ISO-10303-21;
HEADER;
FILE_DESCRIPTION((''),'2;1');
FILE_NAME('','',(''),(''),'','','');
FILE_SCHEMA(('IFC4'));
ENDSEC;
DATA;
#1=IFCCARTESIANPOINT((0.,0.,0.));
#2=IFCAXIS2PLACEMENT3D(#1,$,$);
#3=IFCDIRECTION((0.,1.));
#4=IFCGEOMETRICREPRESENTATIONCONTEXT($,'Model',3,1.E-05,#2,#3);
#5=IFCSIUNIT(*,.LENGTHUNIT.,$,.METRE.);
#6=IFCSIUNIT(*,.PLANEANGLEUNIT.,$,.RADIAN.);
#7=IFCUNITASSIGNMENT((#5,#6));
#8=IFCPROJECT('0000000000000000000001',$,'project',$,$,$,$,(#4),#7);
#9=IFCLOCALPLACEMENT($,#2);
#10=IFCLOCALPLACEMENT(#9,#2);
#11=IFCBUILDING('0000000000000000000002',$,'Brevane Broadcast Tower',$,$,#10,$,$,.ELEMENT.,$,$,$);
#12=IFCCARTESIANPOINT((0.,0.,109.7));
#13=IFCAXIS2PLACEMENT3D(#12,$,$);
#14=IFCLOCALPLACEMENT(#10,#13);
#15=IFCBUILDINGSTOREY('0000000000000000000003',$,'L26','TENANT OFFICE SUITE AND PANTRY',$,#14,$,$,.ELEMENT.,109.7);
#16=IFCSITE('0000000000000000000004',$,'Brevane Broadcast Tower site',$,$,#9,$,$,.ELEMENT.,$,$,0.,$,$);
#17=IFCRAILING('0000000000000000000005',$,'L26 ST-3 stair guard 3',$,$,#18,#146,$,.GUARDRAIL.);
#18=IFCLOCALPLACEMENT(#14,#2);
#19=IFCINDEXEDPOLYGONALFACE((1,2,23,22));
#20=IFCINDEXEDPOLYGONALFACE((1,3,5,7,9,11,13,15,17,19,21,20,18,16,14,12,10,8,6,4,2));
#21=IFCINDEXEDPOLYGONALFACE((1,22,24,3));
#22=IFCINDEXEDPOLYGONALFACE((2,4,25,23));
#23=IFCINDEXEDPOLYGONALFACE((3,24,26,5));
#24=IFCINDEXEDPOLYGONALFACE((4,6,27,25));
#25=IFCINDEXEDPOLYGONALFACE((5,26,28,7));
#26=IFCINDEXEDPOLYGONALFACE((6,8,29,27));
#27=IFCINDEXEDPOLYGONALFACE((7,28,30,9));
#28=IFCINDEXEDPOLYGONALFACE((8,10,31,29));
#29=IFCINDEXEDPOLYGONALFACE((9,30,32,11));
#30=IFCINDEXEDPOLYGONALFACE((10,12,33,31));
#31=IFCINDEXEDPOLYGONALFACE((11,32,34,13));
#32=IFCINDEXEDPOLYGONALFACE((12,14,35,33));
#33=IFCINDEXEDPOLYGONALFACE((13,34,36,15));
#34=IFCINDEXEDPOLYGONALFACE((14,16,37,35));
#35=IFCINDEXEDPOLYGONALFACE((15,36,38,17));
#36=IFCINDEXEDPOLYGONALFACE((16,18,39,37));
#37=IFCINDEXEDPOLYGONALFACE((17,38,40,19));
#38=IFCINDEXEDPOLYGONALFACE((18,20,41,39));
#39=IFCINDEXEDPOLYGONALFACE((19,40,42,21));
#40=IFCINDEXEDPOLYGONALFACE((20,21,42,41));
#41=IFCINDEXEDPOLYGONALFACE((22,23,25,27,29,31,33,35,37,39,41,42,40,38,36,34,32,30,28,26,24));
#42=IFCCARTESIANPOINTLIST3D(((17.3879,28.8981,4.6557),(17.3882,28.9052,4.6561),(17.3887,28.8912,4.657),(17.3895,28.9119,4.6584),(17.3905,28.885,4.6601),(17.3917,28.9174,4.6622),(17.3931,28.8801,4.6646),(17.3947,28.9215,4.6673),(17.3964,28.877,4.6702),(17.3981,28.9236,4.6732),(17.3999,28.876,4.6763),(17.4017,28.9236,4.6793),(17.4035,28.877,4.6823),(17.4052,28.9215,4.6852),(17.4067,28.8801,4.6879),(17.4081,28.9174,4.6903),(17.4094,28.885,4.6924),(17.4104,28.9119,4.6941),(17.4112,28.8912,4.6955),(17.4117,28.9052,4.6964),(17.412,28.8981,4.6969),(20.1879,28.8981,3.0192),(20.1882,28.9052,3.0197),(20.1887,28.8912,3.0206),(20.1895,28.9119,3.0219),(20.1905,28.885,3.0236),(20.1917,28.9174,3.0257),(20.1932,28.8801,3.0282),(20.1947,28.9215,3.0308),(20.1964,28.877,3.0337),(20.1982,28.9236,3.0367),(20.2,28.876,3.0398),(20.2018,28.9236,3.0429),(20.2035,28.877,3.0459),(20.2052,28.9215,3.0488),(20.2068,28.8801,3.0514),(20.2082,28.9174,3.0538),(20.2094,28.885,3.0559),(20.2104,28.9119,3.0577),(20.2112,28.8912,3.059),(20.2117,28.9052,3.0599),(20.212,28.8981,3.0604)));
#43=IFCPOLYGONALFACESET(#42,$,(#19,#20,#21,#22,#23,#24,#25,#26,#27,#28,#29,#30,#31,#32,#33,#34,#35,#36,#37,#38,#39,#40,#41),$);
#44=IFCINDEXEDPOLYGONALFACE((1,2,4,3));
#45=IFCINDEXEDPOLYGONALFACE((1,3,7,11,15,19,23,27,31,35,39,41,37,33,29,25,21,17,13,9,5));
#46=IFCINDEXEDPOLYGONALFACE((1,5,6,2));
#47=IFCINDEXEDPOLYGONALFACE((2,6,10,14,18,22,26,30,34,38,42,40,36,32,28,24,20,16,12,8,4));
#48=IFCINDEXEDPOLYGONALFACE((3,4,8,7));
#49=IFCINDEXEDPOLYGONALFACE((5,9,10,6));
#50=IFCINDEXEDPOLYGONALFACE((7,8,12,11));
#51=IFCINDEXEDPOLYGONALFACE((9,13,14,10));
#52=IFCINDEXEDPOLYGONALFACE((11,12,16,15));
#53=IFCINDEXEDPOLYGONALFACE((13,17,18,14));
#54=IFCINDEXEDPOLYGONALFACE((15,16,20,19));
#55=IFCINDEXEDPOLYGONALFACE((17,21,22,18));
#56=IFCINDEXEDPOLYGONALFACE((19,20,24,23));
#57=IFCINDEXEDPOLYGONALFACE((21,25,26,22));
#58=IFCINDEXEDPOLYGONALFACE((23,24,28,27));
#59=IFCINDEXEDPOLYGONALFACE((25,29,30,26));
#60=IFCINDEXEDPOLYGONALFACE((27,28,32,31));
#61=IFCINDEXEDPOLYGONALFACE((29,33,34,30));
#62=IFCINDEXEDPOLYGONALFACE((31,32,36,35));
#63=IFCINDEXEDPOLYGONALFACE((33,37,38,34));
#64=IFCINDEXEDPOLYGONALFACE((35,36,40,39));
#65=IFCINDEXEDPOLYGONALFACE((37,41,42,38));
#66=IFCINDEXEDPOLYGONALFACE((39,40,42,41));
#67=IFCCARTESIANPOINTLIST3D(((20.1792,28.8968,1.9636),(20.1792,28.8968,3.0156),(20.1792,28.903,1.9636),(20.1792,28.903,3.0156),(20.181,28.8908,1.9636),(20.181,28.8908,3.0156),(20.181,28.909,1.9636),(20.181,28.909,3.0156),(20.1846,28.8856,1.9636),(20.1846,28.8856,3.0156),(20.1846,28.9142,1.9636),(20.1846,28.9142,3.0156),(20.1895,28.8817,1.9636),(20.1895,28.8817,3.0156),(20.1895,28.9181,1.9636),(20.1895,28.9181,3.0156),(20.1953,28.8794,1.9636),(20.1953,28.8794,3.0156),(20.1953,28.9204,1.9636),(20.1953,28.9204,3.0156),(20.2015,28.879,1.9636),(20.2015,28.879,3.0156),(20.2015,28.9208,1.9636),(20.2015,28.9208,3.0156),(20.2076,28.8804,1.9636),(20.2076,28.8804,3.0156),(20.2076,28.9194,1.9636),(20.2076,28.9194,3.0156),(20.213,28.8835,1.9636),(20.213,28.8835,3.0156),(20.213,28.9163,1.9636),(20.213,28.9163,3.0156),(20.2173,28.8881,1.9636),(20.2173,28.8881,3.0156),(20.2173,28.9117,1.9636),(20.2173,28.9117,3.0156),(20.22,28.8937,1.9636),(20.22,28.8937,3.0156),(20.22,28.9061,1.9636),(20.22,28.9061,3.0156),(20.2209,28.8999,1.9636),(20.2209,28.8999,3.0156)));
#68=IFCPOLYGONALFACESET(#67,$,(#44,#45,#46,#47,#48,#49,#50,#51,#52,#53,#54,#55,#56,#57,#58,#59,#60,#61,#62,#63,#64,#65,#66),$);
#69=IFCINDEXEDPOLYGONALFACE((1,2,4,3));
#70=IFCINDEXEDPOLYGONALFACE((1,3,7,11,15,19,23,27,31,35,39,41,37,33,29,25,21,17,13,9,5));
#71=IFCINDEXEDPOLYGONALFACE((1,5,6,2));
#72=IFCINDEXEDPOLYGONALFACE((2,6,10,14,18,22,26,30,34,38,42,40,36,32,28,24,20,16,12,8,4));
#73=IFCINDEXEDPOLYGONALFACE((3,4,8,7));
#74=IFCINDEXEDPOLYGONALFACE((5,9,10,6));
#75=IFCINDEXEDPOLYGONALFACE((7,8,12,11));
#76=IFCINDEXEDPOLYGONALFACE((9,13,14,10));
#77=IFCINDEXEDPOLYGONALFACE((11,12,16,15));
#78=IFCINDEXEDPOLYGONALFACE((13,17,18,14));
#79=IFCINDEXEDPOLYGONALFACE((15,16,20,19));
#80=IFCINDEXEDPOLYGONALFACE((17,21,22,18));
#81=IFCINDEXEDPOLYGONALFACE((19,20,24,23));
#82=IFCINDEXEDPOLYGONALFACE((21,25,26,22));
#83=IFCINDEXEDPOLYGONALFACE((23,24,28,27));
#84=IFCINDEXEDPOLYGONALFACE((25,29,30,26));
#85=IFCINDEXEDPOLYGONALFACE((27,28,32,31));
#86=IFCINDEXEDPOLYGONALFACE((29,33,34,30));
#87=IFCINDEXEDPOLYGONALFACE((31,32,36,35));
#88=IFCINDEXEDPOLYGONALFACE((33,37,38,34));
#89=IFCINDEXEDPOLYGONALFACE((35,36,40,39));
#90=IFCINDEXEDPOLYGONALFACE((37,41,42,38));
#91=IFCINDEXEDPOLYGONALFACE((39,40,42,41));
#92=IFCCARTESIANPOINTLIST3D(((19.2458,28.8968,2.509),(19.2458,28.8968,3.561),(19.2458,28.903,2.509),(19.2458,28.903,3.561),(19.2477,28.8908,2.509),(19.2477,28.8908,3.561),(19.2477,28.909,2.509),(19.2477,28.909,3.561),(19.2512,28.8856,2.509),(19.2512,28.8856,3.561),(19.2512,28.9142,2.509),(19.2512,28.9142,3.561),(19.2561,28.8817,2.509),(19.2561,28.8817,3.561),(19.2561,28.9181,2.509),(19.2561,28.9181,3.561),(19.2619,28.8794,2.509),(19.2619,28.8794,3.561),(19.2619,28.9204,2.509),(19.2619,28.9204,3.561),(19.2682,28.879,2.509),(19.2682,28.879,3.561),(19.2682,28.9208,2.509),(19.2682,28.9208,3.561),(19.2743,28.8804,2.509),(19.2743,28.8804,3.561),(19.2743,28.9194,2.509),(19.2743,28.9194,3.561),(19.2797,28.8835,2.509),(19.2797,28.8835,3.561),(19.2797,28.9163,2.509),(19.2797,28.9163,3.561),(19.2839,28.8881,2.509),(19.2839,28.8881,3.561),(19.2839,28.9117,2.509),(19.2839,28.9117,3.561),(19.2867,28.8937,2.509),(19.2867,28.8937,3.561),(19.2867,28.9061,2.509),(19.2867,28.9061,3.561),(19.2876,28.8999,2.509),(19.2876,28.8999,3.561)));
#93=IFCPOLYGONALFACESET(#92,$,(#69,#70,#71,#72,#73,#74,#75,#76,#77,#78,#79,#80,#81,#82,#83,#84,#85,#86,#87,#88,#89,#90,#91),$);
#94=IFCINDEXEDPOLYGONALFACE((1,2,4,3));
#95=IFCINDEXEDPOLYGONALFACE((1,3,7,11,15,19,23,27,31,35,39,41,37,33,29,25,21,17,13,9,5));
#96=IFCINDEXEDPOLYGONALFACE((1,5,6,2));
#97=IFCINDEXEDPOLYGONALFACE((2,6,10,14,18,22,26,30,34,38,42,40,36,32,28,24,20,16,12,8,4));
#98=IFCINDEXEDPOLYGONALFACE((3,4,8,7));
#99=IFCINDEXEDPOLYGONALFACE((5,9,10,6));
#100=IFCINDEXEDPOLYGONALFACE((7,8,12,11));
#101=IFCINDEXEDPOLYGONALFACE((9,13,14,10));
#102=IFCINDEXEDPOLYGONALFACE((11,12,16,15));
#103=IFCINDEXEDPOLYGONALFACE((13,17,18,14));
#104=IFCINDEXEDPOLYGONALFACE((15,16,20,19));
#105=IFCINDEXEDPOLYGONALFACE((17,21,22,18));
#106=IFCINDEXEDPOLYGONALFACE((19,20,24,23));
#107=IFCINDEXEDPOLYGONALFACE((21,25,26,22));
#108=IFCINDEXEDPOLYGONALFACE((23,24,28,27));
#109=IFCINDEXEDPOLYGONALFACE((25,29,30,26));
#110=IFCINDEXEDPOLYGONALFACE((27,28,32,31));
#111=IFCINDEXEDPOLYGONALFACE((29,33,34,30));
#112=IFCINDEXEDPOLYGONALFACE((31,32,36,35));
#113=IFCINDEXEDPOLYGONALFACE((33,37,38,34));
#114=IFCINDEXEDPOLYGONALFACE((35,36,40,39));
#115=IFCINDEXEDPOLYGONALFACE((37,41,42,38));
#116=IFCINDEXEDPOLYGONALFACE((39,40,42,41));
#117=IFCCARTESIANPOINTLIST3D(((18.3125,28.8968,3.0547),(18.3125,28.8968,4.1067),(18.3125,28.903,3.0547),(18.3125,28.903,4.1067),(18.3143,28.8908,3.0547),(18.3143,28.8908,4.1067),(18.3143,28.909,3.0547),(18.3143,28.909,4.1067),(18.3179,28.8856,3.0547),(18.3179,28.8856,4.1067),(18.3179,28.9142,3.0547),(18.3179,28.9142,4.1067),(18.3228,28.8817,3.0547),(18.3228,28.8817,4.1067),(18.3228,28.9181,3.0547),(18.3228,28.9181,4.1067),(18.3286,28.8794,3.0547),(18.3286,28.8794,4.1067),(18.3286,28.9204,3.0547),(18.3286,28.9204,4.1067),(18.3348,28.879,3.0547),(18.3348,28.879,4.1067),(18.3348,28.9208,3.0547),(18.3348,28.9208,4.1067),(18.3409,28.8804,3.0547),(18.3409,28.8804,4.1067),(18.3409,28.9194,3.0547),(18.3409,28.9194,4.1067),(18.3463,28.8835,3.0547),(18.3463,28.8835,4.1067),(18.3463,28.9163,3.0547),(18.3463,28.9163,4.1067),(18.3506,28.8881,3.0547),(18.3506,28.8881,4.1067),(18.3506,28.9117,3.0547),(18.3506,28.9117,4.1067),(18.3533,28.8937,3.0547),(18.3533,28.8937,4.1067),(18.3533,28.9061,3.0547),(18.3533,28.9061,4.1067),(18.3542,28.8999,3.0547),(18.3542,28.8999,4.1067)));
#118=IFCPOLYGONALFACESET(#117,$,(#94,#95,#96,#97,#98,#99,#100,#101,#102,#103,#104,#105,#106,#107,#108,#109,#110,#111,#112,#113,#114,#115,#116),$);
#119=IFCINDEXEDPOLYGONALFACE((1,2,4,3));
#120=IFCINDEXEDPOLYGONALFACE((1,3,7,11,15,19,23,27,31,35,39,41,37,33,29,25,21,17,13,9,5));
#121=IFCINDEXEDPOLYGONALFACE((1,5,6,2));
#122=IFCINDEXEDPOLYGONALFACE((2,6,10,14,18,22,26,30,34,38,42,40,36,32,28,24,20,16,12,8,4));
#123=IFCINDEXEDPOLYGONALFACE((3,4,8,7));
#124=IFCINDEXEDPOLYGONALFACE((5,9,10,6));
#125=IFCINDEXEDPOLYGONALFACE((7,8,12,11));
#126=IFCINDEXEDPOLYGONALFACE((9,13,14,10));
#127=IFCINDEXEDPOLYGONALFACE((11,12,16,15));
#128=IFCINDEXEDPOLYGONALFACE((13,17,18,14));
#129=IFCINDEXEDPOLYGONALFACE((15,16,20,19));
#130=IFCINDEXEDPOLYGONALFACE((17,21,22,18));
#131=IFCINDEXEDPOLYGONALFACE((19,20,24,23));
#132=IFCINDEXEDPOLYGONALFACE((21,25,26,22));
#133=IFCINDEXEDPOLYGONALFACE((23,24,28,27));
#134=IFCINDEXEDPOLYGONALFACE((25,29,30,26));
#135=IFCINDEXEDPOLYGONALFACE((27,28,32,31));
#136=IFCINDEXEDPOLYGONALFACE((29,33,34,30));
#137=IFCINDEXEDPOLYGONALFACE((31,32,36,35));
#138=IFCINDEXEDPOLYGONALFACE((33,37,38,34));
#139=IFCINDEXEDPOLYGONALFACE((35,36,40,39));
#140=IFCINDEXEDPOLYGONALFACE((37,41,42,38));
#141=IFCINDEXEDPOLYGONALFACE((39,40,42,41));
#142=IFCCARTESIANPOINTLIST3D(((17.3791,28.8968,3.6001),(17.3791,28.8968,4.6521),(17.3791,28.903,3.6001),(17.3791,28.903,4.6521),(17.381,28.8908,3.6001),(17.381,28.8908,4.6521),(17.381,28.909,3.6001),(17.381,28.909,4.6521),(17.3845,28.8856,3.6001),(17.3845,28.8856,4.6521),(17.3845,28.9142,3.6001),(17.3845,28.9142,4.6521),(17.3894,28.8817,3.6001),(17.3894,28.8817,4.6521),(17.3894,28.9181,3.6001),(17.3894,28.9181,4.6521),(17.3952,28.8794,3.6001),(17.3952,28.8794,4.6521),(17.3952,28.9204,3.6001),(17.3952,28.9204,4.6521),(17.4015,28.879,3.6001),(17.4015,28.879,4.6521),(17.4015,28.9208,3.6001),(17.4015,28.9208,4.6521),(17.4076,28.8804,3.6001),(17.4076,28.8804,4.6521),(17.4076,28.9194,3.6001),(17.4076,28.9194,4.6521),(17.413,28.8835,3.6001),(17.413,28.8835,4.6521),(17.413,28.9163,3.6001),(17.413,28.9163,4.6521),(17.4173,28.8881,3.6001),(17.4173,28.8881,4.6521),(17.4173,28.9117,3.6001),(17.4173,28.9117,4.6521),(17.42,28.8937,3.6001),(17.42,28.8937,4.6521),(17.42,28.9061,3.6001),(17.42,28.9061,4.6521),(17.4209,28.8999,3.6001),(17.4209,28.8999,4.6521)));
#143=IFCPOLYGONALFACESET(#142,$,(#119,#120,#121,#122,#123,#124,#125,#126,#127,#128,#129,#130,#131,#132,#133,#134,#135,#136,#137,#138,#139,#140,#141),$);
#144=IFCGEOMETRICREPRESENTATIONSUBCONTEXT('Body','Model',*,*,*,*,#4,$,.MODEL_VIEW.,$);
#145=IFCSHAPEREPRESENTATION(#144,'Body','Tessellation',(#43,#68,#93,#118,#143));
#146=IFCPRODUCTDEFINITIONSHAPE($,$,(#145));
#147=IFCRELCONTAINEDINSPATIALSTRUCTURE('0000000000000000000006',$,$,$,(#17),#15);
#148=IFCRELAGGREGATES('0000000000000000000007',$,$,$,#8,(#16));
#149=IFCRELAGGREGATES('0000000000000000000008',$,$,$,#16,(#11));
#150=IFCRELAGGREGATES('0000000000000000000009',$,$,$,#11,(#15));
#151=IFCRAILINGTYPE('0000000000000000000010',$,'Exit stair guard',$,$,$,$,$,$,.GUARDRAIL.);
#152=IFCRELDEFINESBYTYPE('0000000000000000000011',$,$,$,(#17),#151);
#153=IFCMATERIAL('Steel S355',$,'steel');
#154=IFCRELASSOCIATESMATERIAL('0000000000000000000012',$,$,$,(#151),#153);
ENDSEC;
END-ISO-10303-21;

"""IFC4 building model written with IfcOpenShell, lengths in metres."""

from ifc_helpers import new_model, si_unit, direction, frame, origin, origin_2d, place, context, subcontext, project, spatial, circle, extrude, material, type_object, element, save


model = new_model("IFC4")

# Units and contexts
model_context = context("Model", 3, precision=1e-05, world=origin(), true_north=direction((0.0, 1.0)))
body_context = subcontext(model_context, "Body", "Model", "MODEL_VIEW")
ifc_project = project(units=[si_unit("LENGTHUNIT", "METRE"), si_unit("PLANEANGLEUNIT", "RADIAN")], contexts=[model_context])

# Site, building, storey
site_placement = place(None, origin())
site = spatial("IfcSite", under=ifc_project, at=site_placement, Name="Brevane Broadcast Tower site", CompositionType="ELEMENT", RefElevation=0.0)
building_placement = place(site_placement, origin())
building = spatial("IfcBuilding", under=site, at=building_placement, Name="Brevane Broadcast Tower", CompositionType="ELEMENT")
storey_placement = place(building_placement, frame((0.0, 0.0, 109.7)))
storey = spatial("IfcBuildingStorey", under=building, at=storey_placement, Name="L26", Description="TENANT OFFICE SUITE AND PANTRY", CompositionType="ELEMENT", Elevation=109.7)

# Railing
ifc_material_1 = material(Name="Steel S355", Category="steel")
railing_type_1 = type_object("IfcRailingType", Name="Exit stair guard", PredefinedType="GUARDRAIL", material=ifc_material_1)
railing_1_placement = place(storey_placement, frame((20.2, 28.8999, 1.9636)))
element("IfcRailing", 1, at=railing_1_placement, inside=storey, type_object=railing_type_1, Name="L26 ST-3 stair guard 3", PredefinedType="GUARDRAIL", context=body_context, shape_type="SweptSolid", body=[
    extrude(circle(Radius=0.0239, at=origin_2d()), frame((0.0, 0.0, 1.0762), z_axis=(-0.863361, 0.0, 0.504587), x_axis=(0.0, -1.0, 0.0)), (0.0, 0.0, 1.0), 3.2432),
    extrude(circle(Radius=0.021, at=origin_2d()), origin(), (0.0, 0.0, 1.0), 1.052),
    extrude(circle(Radius=0.021, at=origin_2d()), frame((-0.9333, 0.0, 0.5454)), (0.0, 0.0, 1.0), 1.052),
    extrude(circle(Radius=0.021, at=origin_2d()), frame((-1.8667, 0.0, 1.0911)), (0.0, 0.0, 1.0), 1.052),
    extrude(circle(Radius=0.021, at=origin_2d()), frame((-2.8, 0.0, 1.6365)), (0.0, 0.0, 1.0), 1.052),
])

save(model, "model.ifc")
